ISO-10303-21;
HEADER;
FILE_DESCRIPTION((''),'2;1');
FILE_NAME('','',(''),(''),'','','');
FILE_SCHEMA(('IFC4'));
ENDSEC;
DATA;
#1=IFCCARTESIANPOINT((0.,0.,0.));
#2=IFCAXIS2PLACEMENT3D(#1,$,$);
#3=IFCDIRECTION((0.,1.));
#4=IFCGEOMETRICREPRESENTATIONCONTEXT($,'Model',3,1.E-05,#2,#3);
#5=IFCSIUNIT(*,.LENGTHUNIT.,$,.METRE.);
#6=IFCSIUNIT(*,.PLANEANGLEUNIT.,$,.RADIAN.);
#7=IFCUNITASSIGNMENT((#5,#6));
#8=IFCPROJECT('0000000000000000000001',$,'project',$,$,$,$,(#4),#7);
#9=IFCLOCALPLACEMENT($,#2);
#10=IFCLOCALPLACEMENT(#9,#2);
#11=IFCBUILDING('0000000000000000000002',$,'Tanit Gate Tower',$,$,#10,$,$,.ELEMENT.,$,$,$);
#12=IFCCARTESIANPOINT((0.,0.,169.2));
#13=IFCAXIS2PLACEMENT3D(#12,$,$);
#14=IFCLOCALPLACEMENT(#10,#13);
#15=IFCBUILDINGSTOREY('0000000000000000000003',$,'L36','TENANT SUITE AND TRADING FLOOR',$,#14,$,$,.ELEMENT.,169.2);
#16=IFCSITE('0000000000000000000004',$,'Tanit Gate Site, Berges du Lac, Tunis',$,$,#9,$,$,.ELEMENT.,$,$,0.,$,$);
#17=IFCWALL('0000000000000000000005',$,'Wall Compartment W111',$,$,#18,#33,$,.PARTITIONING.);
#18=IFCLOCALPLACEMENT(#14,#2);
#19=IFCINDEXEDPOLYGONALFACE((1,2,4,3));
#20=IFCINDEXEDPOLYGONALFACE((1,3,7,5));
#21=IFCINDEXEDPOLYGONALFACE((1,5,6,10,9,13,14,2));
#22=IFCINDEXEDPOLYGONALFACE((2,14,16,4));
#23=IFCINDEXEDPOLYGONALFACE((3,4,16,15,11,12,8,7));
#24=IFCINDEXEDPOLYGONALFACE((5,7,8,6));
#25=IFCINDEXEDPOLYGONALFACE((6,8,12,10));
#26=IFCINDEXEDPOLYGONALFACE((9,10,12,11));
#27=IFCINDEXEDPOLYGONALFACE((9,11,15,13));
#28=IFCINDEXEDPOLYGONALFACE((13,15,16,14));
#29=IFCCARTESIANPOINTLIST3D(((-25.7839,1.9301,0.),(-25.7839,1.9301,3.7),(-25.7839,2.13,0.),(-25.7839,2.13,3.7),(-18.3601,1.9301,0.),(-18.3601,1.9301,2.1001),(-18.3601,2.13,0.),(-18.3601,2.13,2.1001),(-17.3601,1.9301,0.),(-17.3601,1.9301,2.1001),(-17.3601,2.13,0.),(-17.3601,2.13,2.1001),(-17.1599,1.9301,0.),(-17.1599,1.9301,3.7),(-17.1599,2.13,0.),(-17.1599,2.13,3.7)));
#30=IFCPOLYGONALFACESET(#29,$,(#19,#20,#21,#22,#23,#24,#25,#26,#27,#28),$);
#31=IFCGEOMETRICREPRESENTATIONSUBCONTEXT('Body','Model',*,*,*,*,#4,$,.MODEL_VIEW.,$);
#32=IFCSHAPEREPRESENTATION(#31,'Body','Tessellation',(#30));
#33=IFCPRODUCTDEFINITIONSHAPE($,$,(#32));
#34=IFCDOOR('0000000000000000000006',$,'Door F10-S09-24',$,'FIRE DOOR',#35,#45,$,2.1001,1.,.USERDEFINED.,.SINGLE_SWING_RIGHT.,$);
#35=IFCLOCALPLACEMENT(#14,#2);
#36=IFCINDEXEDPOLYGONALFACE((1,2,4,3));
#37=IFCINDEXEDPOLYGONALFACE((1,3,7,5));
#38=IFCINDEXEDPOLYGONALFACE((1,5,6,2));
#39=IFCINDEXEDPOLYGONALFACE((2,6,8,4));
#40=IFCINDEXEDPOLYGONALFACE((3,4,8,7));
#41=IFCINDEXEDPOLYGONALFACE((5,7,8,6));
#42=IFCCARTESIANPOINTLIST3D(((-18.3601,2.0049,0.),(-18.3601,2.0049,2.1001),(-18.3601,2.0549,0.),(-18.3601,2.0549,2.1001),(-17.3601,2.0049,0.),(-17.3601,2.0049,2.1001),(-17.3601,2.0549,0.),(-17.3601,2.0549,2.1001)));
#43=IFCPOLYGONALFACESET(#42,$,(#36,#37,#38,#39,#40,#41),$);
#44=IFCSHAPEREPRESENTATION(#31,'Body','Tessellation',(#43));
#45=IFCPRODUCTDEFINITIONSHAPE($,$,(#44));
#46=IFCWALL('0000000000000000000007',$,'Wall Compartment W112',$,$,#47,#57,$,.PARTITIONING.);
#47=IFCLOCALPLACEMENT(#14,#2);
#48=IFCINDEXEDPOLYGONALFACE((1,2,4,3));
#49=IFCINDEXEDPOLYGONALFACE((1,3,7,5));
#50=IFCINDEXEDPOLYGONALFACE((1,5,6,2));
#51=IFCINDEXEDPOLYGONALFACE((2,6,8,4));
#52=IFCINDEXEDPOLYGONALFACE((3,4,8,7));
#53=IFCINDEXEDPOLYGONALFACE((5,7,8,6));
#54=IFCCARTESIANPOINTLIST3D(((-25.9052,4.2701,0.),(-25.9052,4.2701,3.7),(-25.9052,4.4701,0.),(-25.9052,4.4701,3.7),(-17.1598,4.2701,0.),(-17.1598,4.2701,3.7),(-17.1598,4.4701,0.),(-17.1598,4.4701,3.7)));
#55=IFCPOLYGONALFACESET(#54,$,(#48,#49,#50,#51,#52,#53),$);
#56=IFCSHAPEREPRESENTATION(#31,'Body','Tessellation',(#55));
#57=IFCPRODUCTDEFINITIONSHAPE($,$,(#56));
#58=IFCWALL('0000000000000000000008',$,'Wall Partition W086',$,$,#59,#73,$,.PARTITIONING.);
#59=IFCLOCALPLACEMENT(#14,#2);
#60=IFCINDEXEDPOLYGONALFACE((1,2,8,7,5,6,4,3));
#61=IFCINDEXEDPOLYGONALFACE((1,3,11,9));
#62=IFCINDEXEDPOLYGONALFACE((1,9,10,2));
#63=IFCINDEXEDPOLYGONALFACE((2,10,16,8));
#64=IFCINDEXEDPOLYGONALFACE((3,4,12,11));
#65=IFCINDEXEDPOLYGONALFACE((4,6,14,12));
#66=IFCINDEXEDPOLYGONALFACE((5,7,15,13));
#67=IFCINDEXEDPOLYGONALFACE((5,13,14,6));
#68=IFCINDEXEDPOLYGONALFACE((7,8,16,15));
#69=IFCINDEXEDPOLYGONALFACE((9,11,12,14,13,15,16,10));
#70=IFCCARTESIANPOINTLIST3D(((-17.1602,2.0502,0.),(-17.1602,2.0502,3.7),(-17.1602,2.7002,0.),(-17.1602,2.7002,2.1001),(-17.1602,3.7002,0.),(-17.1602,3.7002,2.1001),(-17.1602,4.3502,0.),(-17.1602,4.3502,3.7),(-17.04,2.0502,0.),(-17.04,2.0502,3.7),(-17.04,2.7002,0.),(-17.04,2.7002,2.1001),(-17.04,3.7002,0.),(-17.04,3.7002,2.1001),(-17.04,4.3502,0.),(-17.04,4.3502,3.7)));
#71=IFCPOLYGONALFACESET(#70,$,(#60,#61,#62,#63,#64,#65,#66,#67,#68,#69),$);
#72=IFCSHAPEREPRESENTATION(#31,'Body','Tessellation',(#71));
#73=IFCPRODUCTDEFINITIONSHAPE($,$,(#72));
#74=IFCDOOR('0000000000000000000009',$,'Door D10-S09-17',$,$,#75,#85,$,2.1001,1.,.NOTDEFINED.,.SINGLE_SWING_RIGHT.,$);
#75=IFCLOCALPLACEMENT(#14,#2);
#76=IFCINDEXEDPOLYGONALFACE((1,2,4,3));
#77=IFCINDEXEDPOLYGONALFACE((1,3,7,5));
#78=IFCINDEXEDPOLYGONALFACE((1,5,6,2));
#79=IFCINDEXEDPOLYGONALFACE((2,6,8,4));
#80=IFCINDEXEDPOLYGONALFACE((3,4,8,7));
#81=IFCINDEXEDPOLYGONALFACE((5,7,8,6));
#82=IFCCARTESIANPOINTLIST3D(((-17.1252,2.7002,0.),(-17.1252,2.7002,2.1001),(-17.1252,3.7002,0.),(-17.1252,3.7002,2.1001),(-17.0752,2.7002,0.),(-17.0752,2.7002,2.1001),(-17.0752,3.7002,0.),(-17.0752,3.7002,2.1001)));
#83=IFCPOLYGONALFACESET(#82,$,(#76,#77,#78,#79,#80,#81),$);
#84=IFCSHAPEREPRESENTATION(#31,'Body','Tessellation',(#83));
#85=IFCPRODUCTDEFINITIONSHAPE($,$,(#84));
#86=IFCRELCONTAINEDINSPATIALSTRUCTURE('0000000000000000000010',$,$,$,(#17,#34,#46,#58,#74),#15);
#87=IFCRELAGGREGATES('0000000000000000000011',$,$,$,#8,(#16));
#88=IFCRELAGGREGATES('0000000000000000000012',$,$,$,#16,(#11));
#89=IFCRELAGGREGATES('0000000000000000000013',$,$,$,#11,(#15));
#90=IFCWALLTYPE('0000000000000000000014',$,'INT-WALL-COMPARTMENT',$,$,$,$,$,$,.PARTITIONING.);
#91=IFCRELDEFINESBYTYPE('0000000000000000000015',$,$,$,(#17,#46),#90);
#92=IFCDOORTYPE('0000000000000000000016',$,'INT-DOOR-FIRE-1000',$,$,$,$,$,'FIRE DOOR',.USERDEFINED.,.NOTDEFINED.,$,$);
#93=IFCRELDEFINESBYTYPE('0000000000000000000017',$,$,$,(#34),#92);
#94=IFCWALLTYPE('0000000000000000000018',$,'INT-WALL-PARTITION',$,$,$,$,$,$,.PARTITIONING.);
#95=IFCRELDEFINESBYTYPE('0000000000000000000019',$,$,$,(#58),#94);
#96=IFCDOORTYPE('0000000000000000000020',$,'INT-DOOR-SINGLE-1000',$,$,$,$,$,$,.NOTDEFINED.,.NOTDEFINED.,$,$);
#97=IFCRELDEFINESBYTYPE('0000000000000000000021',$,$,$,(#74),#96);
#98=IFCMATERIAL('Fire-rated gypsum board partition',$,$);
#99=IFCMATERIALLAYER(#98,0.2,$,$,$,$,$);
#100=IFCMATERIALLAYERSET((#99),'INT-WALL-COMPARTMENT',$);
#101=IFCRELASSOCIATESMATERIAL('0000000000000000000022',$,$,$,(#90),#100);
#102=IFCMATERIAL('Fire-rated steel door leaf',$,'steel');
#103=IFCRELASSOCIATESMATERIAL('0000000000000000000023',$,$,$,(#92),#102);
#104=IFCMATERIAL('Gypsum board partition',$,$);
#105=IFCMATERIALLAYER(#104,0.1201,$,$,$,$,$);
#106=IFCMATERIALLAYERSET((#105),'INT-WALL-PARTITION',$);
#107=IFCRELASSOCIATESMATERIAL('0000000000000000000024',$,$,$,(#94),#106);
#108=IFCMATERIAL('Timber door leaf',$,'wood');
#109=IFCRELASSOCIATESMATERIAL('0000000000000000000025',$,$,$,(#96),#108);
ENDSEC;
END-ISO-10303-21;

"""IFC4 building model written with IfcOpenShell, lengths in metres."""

from ifc_helpers import new_model, si_unit, direction, frame, frame_2d, origin, place, context, subcontext, project, spatial, rectangle, extrude, material, layer, layer_set, type_object, element, fill, save


model = new_model("IFC4")

# Units and contexts
model_context = context("Model", 3, precision=1e-05, world=origin(), true_north=direction((0.0, 1.0)))
body_context = subcontext(model_context, "Body", "Model", "MODEL_VIEW")
ifc_project = project(units=[si_unit("LENGTHUNIT", "METRE"), si_unit("PLANEANGLEUNIT", "RADIAN")], contexts=[model_context])

# Site, building, storey
site_placement = place(None, origin())
site = spatial("IfcSite", under=ifc_project, at=site_placement, Name="Tanit Gate Site, Berges du Lac, Tunis", CompositionType="ELEMENT", RefElevation=0.0)
building_placement = place(site_placement, origin())
building = spatial("IfcBuilding", under=site, at=building_placement, Name="Tanit Gate Tower", CompositionType="ELEMENT")
storey_placement = place(building_placement, frame((0.0, 0.0, 169.2)))
storey = spatial("IfcBuildingStorey", under=building, at=storey_placement, Name="L36", Description="TENANT SUITE AND TRADING FLOOR", CompositionType="ELEMENT", Elevation=169.2)

# Shared definitions
ifc_material_1 = material(Name="Fire-rated gypsum board partition")
ifc_layer_1 = layer(ifc_material_1, 0.2)
ifc_layer_set_1 = layer_set([ifc_layer_1], Name="INT-WALL-COMPARTMENT")
wall_type_1 = type_object("IfcWallType", Name="INT-WALL-COMPARTMENT", PredefinedType="PARTITIONING", material=ifc_layer_set_1)

# Wall, opening, door
wall_1_placement = place(storey_placement, frame((-25.7839, 2.03, 0.0), z_axis=(0.0, 0.0, 1.0), x_axis=(1.0, 0.0, 0.0)))
wall_1 = element("IfcWall", 1, at=wall_1_placement, inside=storey, type_object=wall_type_1, Name="Wall Compartment W111", PredefinedType="PARTITIONING", context=body_context, shape_type="SweptSolid", body=[
    extrude(rectangle(XDim=8.624, YDim=0.2, at=frame_2d((4.312, 0.0))), origin(), (0.0, 0.0, 1.0), 3.7),
])
opening_1_placement = place(wall_1_placement, frame((7.4238, 0.0, 0.0)))
opening_1 = element("IfcOpeningElement", 2, at=opening_1_placement, cuts=wall_1, PredefinedType="OPENING", context=body_context, shape_type="SweptSolid", body=[
    extrude(rectangle(XDim=1.0, YDim=2.1001, at=frame_2d((0.5, 1.05))), frame((0.0, 0.1099, 0.0), z_axis=(0.0, -1.0, 0.0), x_axis=(1.0, 0.0, 0.0)), (0.0, 0.0, 1.0), 0.22),
])
ifc_material_2 = material(Name="Fire-rated steel door leaf", Category="steel")
door_type_1 = type_object("IfcDoorType", Name="INT-DOOR-FIRE-1000", ElementType="FIRE DOOR", OperationType="NOTDEFINED", PredefinedType="USERDEFINED", material=ifc_material_2)
door_1_placement = place(opening_1_placement, origin())
door_1 = element("IfcDoor", 3, at=door_1_placement, inside=storey, type_object=door_type_1, Name="Door F10-S09-24", ObjectType="FIRE DOOR", OperationType="SINGLE_SWING_RIGHT", OverallHeight=2.1001, OverallWidth=1.0, PredefinedType="USERDEFINED", context=body_context, shape_type="SweptSolid", body=[
    extrude(rectangle(XDim=1.0, YDim=2.1001, at=frame_2d((0.5, 1.05))), frame((0.0, 0.0249, 0.0), z_axis=(0.0, -1.0, 0.0), x_axis=(1.0, 0.0, 0.0)), (0.0, 0.0, 1.0), 0.05),
])
fill(opening_1, door_1)

# Wall
wall_2_placement = place(storey_placement, frame((-17.1599, 4.3701, 0.0), z_axis=(0.0, 0.0, 1.0), x_axis=(-1.0, 0.0, 0.0)))
element("IfcWall", 4, at=wall_2_placement, inside=storey, type_object=wall_type_1, Name="Wall Compartment W112", PredefinedType="PARTITIONING", context=body_context, shape_type="SweptSolid", body=[
    extrude(rectangle(XDim=8.7454, YDim=0.2, at=frame_2d((4.3726, 0.0))), origin(), (0.0, 0.0, 1.0), 3.7),
])

# Wall, opening, door
ifc_material_3 = material(Name="Gypsum board partition")
ifc_layer_2 = layer(ifc_material_3, 0.1201)
ifc_layer_set_2 = layer_set([ifc_layer_2], Name="INT-WALL-PARTITION")
wall_type_2 = type_object("IfcWallType", Name="INT-WALL-PARTITION", PredefinedType="PARTITIONING", material=ifc_layer_set_2)
wall_3_placement = place(storey_placement, frame((-17.1001, 4.3501, 0.0), z_axis=(0.0, 0.0, 1.0), x_axis=(0.0, -1.0, 0.0)))
wall_3 = element("IfcWall", 5, at=wall_3_placement, inside=storey, type_object=wall_type_2, Name="Wall Partition W086", PredefinedType="PARTITIONING", context=body_context, shape_type="SweptSolid", body=[
    extrude(rectangle(XDim=2.3, YDim=0.1201, at=frame_2d((1.1499, 0.0))), origin(), (0.0, 0.0, 1.0), 3.7),
])
opening_2_placement = place(wall_3_placement, frame((0.6499, 0.0, 0.0)))
opening_2 = element("IfcOpeningElement", 6, at=opening_2_placement, cuts=wall_3, PredefinedType="OPENING", context=body_context, shape_type="SweptSolid", body=[
    extrude(rectangle(XDim=1.0, YDim=2.1001, at=frame_2d((0.5, 1.05))), frame((0.0, 0.0701, 0.0), z_axis=(0.0, -1.0, 0.0), x_axis=(1.0, 0.0, 0.0)), (0.0, 0.0, 1.0), 0.1401),
])
ifc_material_4 = material(Name="Timber door leaf", Category="wood")
door_type_2 = type_object("IfcDoorType", Name="INT-DOOR-SINGLE-1000", OperationType="NOTDEFINED", PredefinedType="NOTDEFINED", material=ifc_material_4)
door_2_placement = place(opening_2_placement, origin())
door_2 = element("IfcDoor", 7, at=door_2_placement, inside=storey, type_object=door_type_2, Name="Door D10-S09-17", OperationType="SINGLE_SWING_RIGHT", OverallHeight=2.1001, OverallWidth=1.0, PredefinedType="NOTDEFINED", context=body_context, shape_type="SweptSolid", body=[
    extrude(rectangle(XDim=1.0, YDim=2.1001, at=frame_2d((0.5, 1.05))), frame((0.0, 0.0249, 0.0), z_axis=(0.0, -1.0, 0.0), x_axis=(1.0, 0.0, 0.0)), (0.0, 0.0, 1.0), 0.05),
])
fill(opening_2, door_2)

save(model, "model.ifc")
